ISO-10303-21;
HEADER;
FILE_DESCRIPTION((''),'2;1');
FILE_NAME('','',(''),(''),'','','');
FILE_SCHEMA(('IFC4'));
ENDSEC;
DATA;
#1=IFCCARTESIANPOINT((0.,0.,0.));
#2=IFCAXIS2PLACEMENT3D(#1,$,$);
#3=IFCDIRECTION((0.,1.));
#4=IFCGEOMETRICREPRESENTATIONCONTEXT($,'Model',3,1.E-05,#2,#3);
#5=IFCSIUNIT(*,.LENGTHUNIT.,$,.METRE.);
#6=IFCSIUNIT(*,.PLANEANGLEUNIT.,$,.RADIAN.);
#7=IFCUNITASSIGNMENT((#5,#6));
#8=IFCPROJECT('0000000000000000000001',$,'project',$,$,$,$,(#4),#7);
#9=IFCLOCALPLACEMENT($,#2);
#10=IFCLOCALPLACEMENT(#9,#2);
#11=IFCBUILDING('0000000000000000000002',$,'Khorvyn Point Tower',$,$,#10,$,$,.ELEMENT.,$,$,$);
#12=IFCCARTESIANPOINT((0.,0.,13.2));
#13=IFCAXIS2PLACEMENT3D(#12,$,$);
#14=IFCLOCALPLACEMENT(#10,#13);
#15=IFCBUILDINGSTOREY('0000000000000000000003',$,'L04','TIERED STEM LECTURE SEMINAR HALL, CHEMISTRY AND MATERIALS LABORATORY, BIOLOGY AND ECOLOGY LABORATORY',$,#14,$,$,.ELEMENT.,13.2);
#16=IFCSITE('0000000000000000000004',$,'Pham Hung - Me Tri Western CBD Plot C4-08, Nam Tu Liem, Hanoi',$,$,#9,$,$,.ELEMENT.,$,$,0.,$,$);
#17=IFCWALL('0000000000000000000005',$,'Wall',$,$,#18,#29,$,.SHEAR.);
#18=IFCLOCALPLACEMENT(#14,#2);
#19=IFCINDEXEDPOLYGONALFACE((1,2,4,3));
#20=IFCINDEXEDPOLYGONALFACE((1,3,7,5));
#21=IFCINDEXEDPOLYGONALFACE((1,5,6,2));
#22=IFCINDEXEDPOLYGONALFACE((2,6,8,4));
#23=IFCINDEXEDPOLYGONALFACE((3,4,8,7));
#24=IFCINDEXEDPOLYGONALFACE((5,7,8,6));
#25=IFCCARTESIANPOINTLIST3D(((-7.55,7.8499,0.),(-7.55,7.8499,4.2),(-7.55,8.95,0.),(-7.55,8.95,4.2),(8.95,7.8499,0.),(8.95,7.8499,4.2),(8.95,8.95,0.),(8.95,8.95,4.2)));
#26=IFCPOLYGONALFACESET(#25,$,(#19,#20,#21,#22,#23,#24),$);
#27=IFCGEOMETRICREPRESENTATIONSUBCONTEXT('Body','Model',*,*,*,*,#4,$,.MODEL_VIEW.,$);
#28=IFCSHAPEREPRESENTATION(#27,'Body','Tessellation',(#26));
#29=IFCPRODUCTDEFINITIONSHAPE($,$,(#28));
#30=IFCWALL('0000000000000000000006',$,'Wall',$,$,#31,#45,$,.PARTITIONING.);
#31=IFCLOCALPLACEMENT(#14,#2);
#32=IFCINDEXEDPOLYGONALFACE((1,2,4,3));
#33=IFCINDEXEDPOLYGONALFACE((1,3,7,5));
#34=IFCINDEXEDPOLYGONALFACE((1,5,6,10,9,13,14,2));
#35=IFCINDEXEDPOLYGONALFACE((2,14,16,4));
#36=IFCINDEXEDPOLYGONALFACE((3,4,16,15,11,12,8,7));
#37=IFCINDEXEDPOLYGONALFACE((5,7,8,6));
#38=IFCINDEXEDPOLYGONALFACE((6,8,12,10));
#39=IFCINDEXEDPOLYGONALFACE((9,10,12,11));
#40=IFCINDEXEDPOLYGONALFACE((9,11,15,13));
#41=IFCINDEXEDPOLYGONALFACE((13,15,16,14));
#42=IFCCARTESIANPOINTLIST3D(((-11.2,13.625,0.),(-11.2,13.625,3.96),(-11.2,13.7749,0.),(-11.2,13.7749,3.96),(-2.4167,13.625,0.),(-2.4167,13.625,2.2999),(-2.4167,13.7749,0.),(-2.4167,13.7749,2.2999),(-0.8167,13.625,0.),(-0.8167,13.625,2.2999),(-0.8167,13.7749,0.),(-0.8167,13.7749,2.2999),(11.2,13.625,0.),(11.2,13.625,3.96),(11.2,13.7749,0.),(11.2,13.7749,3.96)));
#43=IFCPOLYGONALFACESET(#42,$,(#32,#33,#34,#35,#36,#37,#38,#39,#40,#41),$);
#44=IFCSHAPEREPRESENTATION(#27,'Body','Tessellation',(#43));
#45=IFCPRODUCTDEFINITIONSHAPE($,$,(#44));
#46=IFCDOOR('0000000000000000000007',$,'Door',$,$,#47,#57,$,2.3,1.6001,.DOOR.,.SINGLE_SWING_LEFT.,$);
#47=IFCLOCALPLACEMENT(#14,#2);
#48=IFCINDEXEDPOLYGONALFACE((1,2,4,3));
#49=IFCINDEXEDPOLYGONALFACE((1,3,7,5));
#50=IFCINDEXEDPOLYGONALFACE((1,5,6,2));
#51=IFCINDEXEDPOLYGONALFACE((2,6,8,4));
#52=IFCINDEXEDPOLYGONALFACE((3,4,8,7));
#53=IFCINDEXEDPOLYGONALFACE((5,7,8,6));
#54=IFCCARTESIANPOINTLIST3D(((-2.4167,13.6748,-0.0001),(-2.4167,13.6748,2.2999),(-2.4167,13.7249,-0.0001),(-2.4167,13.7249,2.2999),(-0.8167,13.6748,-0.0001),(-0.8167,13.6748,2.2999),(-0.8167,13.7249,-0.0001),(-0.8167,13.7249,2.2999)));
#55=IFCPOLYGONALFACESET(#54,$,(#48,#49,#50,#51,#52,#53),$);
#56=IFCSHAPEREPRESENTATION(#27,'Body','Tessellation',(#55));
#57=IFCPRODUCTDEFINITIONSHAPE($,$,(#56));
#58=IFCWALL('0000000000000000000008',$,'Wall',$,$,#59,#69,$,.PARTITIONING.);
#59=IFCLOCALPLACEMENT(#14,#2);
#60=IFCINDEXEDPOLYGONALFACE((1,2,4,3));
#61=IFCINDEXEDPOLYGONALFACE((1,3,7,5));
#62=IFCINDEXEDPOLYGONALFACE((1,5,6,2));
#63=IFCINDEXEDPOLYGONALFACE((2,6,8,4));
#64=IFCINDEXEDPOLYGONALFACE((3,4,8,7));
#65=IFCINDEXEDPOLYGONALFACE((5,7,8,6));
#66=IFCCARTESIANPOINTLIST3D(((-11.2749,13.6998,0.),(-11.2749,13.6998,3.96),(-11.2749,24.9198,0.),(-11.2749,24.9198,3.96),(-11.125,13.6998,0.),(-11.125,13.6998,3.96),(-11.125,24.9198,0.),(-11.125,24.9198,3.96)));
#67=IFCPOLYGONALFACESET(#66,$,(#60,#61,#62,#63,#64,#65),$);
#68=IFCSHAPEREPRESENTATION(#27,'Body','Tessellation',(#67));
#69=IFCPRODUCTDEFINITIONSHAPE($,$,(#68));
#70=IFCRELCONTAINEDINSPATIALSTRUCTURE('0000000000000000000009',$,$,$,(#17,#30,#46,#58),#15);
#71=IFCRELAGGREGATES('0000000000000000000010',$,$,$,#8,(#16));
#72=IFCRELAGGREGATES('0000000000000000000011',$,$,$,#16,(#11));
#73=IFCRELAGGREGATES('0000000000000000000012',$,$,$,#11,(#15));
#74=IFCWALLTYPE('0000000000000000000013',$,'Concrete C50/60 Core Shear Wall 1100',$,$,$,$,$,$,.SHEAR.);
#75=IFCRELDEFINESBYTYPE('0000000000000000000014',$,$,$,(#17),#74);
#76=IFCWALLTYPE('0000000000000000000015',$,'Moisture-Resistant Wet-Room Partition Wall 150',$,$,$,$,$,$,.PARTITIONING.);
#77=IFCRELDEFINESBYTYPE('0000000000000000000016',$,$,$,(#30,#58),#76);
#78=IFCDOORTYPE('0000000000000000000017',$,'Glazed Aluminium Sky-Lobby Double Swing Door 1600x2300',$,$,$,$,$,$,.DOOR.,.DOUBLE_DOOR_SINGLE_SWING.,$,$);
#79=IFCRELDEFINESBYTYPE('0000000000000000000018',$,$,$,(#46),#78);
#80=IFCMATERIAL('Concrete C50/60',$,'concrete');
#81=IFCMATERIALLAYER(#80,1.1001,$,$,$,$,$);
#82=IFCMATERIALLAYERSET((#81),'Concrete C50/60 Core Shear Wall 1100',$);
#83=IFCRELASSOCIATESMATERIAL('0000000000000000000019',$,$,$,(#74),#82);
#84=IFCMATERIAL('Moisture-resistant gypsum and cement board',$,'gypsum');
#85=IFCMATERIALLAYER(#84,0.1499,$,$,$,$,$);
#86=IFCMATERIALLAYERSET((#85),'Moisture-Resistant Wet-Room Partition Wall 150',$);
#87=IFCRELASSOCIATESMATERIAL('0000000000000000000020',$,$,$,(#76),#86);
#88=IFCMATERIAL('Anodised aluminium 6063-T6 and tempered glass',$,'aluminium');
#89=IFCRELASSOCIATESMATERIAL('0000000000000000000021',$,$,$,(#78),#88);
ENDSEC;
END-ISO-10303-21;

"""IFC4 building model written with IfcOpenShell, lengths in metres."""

from ifc_helpers import new_model, si_unit, direction, frame, frame_2d, origin, place, context, subcontext, project, spatial, rectangle, extrude, material, layer, layer_set, type_object, element, fill, save


model = new_model("IFC4")

# Units and contexts
model_context = context("Model", 3, precision=1e-05, world=origin(), true_north=direction((0.0, 1.0)))
body_context = subcontext(model_context, "Body", "Model", "MODEL_VIEW")
ifc_project = project(units=[si_unit("LENGTHUNIT", "METRE"), si_unit("PLANEANGLEUNIT", "RADIAN")], contexts=[model_context])

# Site, building, storey
site_placement = place(None, origin())
site = spatial("IfcSite", under=ifc_project, at=site_placement, Name="Pham Hung - Me Tri Western CBD Plot C4-08, Nam Tu Liem, Hanoi", CompositionType="ELEMENT", RefElevation=0.0)
building_placement = place(site_placement, origin())
building = spatial("IfcBuilding", under=site, at=building_placement, Name="Khorvyn Point Tower", CompositionType="ELEMENT")
storey_placement = place(building_placement, frame((0.0, 0.0, 13.2)))
storey = spatial("IfcBuildingStorey", under=building, at=storey_placement, Name="L04", Description="TIERED STEM LECTURE SEMINAR HALL, CHEMISTRY AND MATERIALS LABORATORY, BIOLOGY AND ECOLOGY LABORATORY", CompositionType="ELEMENT", Elevation=13.2)

# Shared definitions
ifc_material_1 = material(Name="Concrete C50/60", Category="concrete")

# Wall
ifc_layer_1 = layer(ifc_material_1, 1.1001)
ifc_layer_set_1 = layer_set([ifc_layer_1], Name="Concrete C50/60 Core Shear Wall 1100")
wall_type_1 = type_object("IfcWallType", Name="Concrete C50/60 Core Shear Wall 1100", PredefinedType="SHEAR", material=ifc_layer_set_1)
wall_1_placement = place(storey_placement, frame((-7.55, 8.3999, 0.0), z_axis=(0.0, 0.0, 1.0), x_axis=(1.0, 0.0, 0.0)))
element("IfcWall", 1, at=wall_1_placement, inside=storey, type_object=wall_type_1, Name="Wall", PredefinedType="SHEAR", context=body_context, shape_type="SweptSolid", body=[
    extrude(rectangle(XDim=16.5, YDim=1.1001, at=frame_2d((8.25, 0.0))), origin(), (0.0, 0.0, 1.0), 4.2),
])

# Wall, opening, door
ifc_material_2 = material(Name="Moisture-resistant gypsum and cement board", Category="gypsum")
ifc_layer_2 = layer(ifc_material_2, 0.1499)
ifc_layer_set_2 = layer_set([ifc_layer_2], Name="Moisture-Resistant Wet-Room Partition Wall 150")
wall_type_2 = type_object("IfcWallType", Name="Moisture-Resistant Wet-Room Partition Wall 150", PredefinedType="PARTITIONING", material=ifc_layer_set_2)
wall_2_placement = place(storey_placement, frame((-11.2, 13.7, 0.0), z_axis=(0.0, 0.0, 1.0), x_axis=(1.0, 0.0, 0.0)))
wall_2 = element("IfcWall", 2, at=wall_2_placement, inside=storey, type_object=wall_type_2, Name="Wall", PredefinedType="PARTITIONING", context=body_context, shape_type="SweptSolid", body=[
    extrude(rectangle(XDim=22.3999, YDim=0.1499, at=frame_2d((11.2, 0.0))), origin(), (0.0, 0.0, 1.0), 3.96),
])
opening_1_placement = place(wall_2_placement, frame((8.7832, 0.0, 0.0)))
opening_1 = element("IfcOpeningElement", 3, at=opening_1_placement, cuts=wall_2, PredefinedType="OPENING", context=body_context, shape_type="SweptSolid", body=[
    extrude(rectangle(XDim=1.6001, YDim=2.3, at=frame_2d((0.8, 1.1499))), frame((0.0, 0.085, 0.0), z_axis=(0.0, -1.0, 0.0), x_axis=(1.0, 0.0, 0.0)), (0.0, 0.0, 1.0), 0.1699),
])
ifc_material_3 = material(Name="Anodised aluminium 6063-T6 and tempered glass", Category="aluminium")
door_type_1 = type_object("IfcDoorType", Name="Glazed Aluminium Sky-Lobby Double Swing Door 1600x2300", OperationType="DOUBLE_DOOR_SINGLE_SWING", PredefinedType="DOOR", material=ifc_material_3)
door_1_placement = place(opening_1_placement, origin())
door_1 = element("IfcDoor", 4, at=door_1_placement, inside=storey, type_object=door_type_1, Name="Door", OperationType="SINGLE_SWING_LEFT", OverallHeight=2.3, OverallWidth=1.6001, PredefinedType="DOOR", context=body_context, shape_type="SweptSolid", body=[
    extrude(rectangle(XDim=1.6001, YDim=2.3, at=frame_2d((0.8, 1.1499))), frame((0.0, 0.0249, 0.0), z_axis=(0.0, -1.0, 0.0), x_axis=(1.0, 0.0, 0.0)), (0.0, 0.0, 1.0), 0.05),
])
fill(opening_1, door_1)

# Wall
wall_3_placement = place(storey_placement, frame((-11.2, 13.7, 0.0), z_axis=(0.0, 0.0, 1.0), x_axis=(0.0, 1.0, 0.0)))
element("IfcWall", 5, at=wall_3_placement, inside=storey, type_object=wall_type_2, Name="Wall", PredefinedType="PARTITIONING", context=body_context, shape_type="SweptSolid", body=[
    extrude(rectangle(XDim=11.22, YDim=0.1499, at=frame_2d((5.6099, 0.0))), origin(), (0.0, 0.0, 1.0), 3.96),
])

save(model, "model.ifc")
